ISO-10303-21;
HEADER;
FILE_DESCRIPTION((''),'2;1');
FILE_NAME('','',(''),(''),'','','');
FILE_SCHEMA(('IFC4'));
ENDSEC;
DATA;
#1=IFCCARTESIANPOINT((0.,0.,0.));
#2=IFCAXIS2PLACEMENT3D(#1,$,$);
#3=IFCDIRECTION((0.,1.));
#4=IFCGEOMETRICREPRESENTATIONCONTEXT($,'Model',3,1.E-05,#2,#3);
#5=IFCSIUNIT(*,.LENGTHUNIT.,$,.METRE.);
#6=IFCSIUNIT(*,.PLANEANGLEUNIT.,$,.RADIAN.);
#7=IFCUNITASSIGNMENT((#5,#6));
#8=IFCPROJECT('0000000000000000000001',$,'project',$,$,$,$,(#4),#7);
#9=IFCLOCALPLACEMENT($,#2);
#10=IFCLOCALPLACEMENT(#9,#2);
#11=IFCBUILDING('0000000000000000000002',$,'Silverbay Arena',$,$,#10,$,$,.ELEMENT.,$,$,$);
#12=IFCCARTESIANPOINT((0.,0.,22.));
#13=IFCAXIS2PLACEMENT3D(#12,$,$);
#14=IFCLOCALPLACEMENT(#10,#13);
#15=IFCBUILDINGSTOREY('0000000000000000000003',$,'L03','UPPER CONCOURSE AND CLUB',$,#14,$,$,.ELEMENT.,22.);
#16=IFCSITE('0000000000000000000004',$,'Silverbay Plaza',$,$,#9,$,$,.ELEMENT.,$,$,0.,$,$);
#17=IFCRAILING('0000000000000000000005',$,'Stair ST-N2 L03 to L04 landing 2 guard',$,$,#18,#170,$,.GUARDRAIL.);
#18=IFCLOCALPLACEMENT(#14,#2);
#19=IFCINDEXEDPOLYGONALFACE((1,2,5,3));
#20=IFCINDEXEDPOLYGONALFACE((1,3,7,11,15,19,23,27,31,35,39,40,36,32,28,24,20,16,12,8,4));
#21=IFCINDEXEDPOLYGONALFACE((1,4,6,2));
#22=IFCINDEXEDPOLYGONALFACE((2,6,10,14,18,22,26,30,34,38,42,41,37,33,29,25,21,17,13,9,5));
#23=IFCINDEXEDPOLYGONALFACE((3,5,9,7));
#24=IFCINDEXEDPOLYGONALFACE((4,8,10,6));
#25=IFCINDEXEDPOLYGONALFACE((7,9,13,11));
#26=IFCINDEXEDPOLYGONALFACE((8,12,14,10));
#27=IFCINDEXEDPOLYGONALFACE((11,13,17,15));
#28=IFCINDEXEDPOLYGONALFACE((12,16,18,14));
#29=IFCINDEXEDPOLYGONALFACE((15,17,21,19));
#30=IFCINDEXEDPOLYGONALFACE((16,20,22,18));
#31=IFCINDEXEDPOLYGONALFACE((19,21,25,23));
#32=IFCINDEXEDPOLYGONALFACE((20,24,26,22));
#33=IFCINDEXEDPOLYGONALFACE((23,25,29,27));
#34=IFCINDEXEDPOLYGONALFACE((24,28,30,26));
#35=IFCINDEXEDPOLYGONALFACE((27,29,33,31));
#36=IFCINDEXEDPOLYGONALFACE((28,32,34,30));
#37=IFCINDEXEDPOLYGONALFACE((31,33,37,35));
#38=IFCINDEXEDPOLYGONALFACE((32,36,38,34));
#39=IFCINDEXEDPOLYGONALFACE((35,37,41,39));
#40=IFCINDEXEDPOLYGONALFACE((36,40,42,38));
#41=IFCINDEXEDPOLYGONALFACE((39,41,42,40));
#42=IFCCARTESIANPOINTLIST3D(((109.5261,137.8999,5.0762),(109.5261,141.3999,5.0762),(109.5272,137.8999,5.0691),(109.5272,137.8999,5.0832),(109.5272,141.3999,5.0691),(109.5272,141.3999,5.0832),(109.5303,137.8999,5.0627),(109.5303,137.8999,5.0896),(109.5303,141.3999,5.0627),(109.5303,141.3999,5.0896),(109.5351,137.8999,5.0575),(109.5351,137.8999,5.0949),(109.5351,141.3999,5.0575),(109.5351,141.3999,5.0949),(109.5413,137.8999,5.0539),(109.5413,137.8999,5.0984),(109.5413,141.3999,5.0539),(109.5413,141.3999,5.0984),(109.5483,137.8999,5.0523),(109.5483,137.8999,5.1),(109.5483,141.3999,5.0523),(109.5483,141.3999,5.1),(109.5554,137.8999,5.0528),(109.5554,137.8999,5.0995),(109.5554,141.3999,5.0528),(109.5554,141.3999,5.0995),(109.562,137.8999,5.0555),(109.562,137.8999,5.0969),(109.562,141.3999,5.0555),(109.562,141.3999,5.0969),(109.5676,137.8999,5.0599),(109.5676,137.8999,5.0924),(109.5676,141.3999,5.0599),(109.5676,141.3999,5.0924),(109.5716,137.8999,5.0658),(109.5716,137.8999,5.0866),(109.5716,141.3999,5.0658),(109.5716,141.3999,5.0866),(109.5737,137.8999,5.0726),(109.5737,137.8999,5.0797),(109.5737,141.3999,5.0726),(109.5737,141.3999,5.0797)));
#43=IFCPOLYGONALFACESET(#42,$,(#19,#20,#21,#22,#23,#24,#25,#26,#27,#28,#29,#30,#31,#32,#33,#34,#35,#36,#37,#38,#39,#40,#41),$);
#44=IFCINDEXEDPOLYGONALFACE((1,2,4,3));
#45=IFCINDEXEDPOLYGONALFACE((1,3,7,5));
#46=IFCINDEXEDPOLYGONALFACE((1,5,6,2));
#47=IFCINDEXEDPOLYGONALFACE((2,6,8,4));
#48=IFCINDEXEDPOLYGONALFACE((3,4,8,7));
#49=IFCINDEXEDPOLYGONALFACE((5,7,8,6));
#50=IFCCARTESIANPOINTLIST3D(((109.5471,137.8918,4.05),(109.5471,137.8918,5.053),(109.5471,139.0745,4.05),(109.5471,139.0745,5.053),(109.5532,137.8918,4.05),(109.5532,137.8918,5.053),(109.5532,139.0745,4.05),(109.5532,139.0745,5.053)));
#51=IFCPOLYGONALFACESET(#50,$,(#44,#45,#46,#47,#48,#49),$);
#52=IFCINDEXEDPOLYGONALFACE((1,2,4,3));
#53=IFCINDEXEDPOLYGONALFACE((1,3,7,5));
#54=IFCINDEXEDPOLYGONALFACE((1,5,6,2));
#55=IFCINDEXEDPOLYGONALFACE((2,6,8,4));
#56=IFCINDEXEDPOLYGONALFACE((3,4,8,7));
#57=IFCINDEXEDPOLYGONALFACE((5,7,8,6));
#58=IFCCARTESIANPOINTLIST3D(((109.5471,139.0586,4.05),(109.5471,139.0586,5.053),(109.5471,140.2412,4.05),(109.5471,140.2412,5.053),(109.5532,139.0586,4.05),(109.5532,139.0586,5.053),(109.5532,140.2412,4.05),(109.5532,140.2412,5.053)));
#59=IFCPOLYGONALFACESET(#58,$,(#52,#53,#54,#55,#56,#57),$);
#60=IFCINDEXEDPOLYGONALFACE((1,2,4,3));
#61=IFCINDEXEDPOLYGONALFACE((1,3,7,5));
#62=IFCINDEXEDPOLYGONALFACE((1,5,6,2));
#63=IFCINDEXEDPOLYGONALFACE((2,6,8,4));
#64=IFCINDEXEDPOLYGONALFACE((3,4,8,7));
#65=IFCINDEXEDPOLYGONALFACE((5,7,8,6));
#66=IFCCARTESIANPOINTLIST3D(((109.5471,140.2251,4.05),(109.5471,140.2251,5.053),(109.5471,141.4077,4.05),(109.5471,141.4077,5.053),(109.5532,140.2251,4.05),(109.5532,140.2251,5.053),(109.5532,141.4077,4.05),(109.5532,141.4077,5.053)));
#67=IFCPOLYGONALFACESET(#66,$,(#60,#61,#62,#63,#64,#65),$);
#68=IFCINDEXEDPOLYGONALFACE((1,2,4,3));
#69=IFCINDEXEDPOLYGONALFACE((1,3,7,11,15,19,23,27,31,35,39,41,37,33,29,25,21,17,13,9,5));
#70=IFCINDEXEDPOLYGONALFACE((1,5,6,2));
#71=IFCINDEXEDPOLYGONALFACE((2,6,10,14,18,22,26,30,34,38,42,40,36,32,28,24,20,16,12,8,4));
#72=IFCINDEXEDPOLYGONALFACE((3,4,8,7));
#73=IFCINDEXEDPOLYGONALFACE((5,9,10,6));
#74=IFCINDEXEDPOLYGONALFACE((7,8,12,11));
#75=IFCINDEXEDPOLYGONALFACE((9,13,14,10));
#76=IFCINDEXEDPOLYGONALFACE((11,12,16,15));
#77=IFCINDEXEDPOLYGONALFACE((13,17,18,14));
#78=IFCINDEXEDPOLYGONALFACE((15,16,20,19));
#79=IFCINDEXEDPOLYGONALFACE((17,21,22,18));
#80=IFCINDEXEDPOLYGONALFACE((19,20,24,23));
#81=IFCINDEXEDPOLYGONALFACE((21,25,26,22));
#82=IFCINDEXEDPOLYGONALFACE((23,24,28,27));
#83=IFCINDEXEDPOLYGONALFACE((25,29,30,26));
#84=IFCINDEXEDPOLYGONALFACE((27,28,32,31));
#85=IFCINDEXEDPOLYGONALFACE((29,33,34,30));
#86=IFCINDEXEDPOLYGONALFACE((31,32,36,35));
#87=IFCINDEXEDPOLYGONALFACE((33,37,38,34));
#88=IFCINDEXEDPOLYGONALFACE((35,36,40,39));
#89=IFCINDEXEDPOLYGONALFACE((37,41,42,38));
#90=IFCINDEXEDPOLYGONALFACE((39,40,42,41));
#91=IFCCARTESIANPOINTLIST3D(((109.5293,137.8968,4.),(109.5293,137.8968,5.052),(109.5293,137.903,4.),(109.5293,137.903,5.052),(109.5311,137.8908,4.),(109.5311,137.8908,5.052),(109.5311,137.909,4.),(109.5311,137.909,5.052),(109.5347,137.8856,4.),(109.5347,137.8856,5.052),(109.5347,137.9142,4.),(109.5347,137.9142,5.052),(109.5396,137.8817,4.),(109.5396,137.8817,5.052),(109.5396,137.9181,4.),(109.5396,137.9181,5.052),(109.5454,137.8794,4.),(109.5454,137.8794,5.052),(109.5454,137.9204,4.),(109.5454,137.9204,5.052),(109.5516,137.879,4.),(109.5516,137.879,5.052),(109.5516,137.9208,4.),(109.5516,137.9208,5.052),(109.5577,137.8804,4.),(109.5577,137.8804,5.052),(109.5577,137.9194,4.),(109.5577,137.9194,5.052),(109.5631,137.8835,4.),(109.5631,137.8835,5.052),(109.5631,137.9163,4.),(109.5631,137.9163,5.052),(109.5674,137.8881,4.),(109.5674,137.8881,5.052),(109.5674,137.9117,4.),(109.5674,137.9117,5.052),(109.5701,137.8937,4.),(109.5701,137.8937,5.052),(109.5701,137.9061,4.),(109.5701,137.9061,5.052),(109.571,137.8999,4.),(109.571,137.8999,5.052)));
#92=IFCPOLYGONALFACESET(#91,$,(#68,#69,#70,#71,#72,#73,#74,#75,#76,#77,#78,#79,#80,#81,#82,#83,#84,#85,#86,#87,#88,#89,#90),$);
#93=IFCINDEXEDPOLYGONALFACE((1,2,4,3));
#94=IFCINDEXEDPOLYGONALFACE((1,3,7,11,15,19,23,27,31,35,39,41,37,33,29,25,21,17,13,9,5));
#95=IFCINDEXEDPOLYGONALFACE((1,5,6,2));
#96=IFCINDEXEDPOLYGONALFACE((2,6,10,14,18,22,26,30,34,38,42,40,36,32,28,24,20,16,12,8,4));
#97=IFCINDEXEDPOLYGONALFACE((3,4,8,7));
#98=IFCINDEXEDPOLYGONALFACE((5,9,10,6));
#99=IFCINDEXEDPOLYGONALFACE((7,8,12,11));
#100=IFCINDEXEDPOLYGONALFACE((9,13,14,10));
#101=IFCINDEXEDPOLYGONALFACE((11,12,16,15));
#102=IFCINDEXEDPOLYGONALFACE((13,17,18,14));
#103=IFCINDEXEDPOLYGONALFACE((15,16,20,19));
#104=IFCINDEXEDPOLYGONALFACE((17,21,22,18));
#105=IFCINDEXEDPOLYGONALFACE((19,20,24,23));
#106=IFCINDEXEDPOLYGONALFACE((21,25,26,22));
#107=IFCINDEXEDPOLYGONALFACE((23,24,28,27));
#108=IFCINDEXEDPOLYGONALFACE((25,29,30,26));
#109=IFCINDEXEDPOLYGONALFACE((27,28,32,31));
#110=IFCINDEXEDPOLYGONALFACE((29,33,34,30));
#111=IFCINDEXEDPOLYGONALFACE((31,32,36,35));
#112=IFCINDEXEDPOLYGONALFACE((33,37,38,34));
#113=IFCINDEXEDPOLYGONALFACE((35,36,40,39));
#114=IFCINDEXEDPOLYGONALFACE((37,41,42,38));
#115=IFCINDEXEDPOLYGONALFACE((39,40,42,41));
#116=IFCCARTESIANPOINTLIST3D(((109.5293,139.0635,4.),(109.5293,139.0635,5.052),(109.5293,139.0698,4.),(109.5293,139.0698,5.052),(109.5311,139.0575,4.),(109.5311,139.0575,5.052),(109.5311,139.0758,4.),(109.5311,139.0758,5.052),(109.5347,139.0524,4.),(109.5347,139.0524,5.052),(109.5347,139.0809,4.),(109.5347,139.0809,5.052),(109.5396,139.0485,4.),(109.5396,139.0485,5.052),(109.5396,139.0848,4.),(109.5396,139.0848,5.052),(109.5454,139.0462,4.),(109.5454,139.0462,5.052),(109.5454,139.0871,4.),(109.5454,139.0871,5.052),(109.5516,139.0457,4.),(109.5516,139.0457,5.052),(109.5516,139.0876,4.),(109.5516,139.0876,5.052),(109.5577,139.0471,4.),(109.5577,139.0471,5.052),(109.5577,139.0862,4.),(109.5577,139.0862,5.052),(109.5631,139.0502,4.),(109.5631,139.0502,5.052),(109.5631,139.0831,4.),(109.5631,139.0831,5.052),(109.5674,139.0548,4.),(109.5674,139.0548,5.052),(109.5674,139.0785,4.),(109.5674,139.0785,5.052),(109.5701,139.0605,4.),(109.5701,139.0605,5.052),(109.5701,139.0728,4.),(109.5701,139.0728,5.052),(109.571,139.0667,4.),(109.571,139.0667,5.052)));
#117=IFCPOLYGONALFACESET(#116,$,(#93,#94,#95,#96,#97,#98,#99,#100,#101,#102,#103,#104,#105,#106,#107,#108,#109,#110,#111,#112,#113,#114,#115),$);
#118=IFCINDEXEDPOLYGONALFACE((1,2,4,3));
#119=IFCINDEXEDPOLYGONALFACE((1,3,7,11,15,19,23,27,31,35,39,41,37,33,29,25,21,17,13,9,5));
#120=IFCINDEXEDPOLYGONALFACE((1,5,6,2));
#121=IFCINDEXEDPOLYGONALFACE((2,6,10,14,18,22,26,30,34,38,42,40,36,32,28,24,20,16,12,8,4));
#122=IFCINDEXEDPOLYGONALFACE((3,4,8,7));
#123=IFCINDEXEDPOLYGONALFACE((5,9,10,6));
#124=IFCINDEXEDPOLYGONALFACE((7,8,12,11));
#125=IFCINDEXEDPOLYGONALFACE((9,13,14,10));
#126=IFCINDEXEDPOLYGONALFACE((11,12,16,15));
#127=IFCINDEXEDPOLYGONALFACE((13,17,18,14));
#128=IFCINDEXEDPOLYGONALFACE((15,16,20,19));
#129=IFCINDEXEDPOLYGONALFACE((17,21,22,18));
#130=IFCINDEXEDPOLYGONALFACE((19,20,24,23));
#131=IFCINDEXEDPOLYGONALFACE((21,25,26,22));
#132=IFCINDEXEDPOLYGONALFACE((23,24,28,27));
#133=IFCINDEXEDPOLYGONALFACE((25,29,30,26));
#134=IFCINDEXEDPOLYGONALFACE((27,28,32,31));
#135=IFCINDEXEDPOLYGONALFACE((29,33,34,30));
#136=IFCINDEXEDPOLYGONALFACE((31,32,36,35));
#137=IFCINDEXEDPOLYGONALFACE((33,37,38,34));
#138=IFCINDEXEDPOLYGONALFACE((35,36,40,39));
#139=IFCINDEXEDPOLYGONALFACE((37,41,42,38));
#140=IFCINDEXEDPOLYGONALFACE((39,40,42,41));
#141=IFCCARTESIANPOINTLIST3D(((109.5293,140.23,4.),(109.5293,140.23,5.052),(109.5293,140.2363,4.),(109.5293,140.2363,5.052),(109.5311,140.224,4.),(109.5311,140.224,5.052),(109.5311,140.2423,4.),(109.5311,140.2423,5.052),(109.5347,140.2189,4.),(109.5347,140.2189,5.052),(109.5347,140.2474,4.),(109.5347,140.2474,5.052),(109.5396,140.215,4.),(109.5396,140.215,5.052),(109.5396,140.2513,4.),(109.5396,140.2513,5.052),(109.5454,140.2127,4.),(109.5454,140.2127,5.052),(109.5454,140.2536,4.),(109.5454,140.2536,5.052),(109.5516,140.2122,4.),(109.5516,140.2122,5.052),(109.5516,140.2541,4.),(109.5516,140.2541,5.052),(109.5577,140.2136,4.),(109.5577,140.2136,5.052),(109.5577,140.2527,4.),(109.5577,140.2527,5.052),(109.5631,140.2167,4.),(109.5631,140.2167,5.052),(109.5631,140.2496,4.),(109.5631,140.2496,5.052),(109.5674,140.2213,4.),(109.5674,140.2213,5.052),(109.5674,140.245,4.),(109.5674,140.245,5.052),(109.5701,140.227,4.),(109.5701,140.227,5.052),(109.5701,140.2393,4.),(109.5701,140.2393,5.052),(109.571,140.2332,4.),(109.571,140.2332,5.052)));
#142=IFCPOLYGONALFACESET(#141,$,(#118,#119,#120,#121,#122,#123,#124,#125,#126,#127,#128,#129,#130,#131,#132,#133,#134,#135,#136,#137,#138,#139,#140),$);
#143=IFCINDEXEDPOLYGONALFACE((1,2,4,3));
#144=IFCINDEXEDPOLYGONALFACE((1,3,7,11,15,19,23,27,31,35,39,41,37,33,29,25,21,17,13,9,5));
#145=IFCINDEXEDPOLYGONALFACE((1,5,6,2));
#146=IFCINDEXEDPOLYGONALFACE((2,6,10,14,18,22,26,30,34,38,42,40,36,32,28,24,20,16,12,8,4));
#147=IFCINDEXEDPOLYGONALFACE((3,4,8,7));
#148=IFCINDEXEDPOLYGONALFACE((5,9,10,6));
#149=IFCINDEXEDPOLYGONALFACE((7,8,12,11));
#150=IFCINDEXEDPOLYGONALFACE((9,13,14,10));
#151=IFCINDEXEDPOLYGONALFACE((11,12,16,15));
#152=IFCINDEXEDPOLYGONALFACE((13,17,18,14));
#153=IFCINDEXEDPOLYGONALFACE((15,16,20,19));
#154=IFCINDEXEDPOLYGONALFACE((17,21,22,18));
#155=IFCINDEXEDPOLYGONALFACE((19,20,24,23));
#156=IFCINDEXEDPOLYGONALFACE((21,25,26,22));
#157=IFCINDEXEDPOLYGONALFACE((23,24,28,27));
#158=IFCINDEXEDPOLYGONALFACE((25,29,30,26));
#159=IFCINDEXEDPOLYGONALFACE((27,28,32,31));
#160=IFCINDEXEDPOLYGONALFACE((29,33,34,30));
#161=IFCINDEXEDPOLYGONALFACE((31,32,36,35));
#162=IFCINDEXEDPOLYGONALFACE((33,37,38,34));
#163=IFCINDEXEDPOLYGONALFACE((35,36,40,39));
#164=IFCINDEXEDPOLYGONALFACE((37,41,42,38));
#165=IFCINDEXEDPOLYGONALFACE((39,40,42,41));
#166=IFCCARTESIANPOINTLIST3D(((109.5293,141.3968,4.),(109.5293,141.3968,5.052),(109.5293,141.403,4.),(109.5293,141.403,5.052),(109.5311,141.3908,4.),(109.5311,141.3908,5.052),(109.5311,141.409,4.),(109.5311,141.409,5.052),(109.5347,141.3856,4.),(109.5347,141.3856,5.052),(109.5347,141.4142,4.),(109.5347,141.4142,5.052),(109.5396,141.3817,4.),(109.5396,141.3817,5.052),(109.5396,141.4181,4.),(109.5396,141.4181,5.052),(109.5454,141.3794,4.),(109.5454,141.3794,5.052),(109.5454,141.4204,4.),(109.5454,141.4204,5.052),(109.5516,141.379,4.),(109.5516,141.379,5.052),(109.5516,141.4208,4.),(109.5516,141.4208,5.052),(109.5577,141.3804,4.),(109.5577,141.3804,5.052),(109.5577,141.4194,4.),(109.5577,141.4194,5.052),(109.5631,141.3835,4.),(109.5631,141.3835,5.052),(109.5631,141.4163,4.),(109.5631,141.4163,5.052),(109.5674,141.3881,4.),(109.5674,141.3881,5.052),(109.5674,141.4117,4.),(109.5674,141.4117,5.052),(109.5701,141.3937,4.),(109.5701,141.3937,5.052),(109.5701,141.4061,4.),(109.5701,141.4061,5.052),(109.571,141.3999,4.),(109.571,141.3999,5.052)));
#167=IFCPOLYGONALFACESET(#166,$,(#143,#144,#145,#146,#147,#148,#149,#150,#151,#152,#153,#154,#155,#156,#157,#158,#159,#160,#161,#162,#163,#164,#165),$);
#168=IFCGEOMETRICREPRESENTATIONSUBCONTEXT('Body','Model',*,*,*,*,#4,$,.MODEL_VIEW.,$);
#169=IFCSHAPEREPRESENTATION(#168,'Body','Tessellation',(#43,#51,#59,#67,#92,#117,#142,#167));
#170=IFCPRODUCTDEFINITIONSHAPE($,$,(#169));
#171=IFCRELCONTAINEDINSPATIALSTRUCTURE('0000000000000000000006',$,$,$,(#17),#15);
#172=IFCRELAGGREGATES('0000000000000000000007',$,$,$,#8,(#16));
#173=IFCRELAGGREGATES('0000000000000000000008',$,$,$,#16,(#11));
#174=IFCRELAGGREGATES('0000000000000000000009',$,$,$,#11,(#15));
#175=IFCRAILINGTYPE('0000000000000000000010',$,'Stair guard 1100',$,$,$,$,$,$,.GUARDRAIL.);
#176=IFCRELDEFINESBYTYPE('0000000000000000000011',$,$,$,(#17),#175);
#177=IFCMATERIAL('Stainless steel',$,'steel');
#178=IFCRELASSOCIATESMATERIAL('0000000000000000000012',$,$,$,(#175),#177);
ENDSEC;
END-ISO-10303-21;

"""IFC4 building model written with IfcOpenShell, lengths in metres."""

from ifc_helpers import new_model, si_unit, direction, frame, origin, origin_2d, place, context, subcontext, project, spatial, polyline, circle, outline, extrude, material, type_object, element, save


model = new_model("IFC4")

# Units and contexts
model_context = context("Model", 3, precision=1e-05, world=origin(), true_north=direction((0.0, 1.0)))
body_context = subcontext(model_context, "Body", "Model", "MODEL_VIEW")
ifc_project = project(units=[si_unit("LENGTHUNIT", "METRE"), si_unit("PLANEANGLEUNIT", "RADIAN")], contexts=[model_context])

# Site, building, storey
site_placement = place(None, origin())
site = spatial("IfcSite", under=ifc_project, at=site_placement, Name="Silverbay Plaza", CompositionType="ELEMENT", RefElevation=0.0)
building_placement = place(site_placement, origin())
building = spatial("IfcBuilding", under=site, at=building_placement, Name="Silverbay Arena", CompositionType="ELEMENT")
storey_placement = place(building_placement, frame((0.0, 0.0, 22.0)))
storey = spatial("IfcBuildingStorey", under=building, at=storey_placement, Name="L03", Description="UPPER CONCOURSE AND CLUB", CompositionType="ELEMENT", Elevation=22.0)

# Railing
ifc_material_1 = material(Name="Stainless steel", Category="steel")
railing_type_1 = type_object("IfcRailingType", Name="Stair guard 1100", PredefinedType="GUARDRAIL", material=ifc_material_1)
for number, where, name in (
    (1, (109.55, 137.8999, 4.0), "Stair ST-N2 L03 to L04 landing 2 guard"),
):
    element("IfcRailing", number, at=place(storey_placement, frame(where)), inside=storey, type_object=railing_type_1, Name=name, PredefinedType="GUARDRAIL", context=body_context, shape_type="SweptSolid", body=[
        extrude(circle(Radius=0.0239, at=origin_2d()), frame((0.0, 0.0, 1.0762), z_axis=(0.0, 1.0, 0.0), x_axis=(-1.0, 0.0, 0.0)), (0.0, 0.0, 1.0), 3.5),
        extrude(outline(polyline([(-0.0081, 0.05), (1.1746, 0.05), (1.1746, 1.053), (-0.0081, 1.053), (-0.0081, 0.05)])), frame((-0.0029, 0.0, 0.0), z_axis=(1.0, 0.0, 0.0), x_axis=(0.0, 1.0, 0.0)), (0.0, 0.0, 1.0), 0.0061),
        extrude(outline(polyline([(-0.0081, 0.05), (1.1746, 0.05), (1.1746, 1.053), (-0.0081, 1.053), (-0.0081, 0.05)])), frame((-0.0029, 1.1667, 0.0), z_axis=(1.0, 0.0, 0.0), x_axis=(0.0, 1.0, 0.0)), (0.0, 0.0, 1.0), 0.0061),
        extrude(outline(polyline([(-0.0081, 0.05), (1.1746, 0.05), (1.1746, 1.053), (-0.0081, 1.053), (-0.0081, 0.05)])), frame((-0.0029, 2.3333, 0.0), z_axis=(1.0, 0.0, 0.0), x_axis=(0.0, 1.0, 0.0)), (0.0, 0.0, 1.0), 0.0061),
        extrude(circle(Radius=0.021, at=origin_2d()), origin(), (0.0, 0.0, 1.0), 1.052),
        extrude(circle(Radius=0.021, at=origin_2d()), frame((0.0, 1.1667, 0.0)), (0.0, 0.0, 1.0), 1.052),
        extrude(circle(Radius=0.021, at=origin_2d()), frame((0.0, 2.3333, 0.0)), (0.0, 0.0, 1.0), 1.052),
        extrude(circle(Radius=0.021, at=origin_2d()), frame((0.0, 3.5, 0.0)), (0.0, 0.0, 1.0), 1.052),
    ])

save(model, "model.ifc")
